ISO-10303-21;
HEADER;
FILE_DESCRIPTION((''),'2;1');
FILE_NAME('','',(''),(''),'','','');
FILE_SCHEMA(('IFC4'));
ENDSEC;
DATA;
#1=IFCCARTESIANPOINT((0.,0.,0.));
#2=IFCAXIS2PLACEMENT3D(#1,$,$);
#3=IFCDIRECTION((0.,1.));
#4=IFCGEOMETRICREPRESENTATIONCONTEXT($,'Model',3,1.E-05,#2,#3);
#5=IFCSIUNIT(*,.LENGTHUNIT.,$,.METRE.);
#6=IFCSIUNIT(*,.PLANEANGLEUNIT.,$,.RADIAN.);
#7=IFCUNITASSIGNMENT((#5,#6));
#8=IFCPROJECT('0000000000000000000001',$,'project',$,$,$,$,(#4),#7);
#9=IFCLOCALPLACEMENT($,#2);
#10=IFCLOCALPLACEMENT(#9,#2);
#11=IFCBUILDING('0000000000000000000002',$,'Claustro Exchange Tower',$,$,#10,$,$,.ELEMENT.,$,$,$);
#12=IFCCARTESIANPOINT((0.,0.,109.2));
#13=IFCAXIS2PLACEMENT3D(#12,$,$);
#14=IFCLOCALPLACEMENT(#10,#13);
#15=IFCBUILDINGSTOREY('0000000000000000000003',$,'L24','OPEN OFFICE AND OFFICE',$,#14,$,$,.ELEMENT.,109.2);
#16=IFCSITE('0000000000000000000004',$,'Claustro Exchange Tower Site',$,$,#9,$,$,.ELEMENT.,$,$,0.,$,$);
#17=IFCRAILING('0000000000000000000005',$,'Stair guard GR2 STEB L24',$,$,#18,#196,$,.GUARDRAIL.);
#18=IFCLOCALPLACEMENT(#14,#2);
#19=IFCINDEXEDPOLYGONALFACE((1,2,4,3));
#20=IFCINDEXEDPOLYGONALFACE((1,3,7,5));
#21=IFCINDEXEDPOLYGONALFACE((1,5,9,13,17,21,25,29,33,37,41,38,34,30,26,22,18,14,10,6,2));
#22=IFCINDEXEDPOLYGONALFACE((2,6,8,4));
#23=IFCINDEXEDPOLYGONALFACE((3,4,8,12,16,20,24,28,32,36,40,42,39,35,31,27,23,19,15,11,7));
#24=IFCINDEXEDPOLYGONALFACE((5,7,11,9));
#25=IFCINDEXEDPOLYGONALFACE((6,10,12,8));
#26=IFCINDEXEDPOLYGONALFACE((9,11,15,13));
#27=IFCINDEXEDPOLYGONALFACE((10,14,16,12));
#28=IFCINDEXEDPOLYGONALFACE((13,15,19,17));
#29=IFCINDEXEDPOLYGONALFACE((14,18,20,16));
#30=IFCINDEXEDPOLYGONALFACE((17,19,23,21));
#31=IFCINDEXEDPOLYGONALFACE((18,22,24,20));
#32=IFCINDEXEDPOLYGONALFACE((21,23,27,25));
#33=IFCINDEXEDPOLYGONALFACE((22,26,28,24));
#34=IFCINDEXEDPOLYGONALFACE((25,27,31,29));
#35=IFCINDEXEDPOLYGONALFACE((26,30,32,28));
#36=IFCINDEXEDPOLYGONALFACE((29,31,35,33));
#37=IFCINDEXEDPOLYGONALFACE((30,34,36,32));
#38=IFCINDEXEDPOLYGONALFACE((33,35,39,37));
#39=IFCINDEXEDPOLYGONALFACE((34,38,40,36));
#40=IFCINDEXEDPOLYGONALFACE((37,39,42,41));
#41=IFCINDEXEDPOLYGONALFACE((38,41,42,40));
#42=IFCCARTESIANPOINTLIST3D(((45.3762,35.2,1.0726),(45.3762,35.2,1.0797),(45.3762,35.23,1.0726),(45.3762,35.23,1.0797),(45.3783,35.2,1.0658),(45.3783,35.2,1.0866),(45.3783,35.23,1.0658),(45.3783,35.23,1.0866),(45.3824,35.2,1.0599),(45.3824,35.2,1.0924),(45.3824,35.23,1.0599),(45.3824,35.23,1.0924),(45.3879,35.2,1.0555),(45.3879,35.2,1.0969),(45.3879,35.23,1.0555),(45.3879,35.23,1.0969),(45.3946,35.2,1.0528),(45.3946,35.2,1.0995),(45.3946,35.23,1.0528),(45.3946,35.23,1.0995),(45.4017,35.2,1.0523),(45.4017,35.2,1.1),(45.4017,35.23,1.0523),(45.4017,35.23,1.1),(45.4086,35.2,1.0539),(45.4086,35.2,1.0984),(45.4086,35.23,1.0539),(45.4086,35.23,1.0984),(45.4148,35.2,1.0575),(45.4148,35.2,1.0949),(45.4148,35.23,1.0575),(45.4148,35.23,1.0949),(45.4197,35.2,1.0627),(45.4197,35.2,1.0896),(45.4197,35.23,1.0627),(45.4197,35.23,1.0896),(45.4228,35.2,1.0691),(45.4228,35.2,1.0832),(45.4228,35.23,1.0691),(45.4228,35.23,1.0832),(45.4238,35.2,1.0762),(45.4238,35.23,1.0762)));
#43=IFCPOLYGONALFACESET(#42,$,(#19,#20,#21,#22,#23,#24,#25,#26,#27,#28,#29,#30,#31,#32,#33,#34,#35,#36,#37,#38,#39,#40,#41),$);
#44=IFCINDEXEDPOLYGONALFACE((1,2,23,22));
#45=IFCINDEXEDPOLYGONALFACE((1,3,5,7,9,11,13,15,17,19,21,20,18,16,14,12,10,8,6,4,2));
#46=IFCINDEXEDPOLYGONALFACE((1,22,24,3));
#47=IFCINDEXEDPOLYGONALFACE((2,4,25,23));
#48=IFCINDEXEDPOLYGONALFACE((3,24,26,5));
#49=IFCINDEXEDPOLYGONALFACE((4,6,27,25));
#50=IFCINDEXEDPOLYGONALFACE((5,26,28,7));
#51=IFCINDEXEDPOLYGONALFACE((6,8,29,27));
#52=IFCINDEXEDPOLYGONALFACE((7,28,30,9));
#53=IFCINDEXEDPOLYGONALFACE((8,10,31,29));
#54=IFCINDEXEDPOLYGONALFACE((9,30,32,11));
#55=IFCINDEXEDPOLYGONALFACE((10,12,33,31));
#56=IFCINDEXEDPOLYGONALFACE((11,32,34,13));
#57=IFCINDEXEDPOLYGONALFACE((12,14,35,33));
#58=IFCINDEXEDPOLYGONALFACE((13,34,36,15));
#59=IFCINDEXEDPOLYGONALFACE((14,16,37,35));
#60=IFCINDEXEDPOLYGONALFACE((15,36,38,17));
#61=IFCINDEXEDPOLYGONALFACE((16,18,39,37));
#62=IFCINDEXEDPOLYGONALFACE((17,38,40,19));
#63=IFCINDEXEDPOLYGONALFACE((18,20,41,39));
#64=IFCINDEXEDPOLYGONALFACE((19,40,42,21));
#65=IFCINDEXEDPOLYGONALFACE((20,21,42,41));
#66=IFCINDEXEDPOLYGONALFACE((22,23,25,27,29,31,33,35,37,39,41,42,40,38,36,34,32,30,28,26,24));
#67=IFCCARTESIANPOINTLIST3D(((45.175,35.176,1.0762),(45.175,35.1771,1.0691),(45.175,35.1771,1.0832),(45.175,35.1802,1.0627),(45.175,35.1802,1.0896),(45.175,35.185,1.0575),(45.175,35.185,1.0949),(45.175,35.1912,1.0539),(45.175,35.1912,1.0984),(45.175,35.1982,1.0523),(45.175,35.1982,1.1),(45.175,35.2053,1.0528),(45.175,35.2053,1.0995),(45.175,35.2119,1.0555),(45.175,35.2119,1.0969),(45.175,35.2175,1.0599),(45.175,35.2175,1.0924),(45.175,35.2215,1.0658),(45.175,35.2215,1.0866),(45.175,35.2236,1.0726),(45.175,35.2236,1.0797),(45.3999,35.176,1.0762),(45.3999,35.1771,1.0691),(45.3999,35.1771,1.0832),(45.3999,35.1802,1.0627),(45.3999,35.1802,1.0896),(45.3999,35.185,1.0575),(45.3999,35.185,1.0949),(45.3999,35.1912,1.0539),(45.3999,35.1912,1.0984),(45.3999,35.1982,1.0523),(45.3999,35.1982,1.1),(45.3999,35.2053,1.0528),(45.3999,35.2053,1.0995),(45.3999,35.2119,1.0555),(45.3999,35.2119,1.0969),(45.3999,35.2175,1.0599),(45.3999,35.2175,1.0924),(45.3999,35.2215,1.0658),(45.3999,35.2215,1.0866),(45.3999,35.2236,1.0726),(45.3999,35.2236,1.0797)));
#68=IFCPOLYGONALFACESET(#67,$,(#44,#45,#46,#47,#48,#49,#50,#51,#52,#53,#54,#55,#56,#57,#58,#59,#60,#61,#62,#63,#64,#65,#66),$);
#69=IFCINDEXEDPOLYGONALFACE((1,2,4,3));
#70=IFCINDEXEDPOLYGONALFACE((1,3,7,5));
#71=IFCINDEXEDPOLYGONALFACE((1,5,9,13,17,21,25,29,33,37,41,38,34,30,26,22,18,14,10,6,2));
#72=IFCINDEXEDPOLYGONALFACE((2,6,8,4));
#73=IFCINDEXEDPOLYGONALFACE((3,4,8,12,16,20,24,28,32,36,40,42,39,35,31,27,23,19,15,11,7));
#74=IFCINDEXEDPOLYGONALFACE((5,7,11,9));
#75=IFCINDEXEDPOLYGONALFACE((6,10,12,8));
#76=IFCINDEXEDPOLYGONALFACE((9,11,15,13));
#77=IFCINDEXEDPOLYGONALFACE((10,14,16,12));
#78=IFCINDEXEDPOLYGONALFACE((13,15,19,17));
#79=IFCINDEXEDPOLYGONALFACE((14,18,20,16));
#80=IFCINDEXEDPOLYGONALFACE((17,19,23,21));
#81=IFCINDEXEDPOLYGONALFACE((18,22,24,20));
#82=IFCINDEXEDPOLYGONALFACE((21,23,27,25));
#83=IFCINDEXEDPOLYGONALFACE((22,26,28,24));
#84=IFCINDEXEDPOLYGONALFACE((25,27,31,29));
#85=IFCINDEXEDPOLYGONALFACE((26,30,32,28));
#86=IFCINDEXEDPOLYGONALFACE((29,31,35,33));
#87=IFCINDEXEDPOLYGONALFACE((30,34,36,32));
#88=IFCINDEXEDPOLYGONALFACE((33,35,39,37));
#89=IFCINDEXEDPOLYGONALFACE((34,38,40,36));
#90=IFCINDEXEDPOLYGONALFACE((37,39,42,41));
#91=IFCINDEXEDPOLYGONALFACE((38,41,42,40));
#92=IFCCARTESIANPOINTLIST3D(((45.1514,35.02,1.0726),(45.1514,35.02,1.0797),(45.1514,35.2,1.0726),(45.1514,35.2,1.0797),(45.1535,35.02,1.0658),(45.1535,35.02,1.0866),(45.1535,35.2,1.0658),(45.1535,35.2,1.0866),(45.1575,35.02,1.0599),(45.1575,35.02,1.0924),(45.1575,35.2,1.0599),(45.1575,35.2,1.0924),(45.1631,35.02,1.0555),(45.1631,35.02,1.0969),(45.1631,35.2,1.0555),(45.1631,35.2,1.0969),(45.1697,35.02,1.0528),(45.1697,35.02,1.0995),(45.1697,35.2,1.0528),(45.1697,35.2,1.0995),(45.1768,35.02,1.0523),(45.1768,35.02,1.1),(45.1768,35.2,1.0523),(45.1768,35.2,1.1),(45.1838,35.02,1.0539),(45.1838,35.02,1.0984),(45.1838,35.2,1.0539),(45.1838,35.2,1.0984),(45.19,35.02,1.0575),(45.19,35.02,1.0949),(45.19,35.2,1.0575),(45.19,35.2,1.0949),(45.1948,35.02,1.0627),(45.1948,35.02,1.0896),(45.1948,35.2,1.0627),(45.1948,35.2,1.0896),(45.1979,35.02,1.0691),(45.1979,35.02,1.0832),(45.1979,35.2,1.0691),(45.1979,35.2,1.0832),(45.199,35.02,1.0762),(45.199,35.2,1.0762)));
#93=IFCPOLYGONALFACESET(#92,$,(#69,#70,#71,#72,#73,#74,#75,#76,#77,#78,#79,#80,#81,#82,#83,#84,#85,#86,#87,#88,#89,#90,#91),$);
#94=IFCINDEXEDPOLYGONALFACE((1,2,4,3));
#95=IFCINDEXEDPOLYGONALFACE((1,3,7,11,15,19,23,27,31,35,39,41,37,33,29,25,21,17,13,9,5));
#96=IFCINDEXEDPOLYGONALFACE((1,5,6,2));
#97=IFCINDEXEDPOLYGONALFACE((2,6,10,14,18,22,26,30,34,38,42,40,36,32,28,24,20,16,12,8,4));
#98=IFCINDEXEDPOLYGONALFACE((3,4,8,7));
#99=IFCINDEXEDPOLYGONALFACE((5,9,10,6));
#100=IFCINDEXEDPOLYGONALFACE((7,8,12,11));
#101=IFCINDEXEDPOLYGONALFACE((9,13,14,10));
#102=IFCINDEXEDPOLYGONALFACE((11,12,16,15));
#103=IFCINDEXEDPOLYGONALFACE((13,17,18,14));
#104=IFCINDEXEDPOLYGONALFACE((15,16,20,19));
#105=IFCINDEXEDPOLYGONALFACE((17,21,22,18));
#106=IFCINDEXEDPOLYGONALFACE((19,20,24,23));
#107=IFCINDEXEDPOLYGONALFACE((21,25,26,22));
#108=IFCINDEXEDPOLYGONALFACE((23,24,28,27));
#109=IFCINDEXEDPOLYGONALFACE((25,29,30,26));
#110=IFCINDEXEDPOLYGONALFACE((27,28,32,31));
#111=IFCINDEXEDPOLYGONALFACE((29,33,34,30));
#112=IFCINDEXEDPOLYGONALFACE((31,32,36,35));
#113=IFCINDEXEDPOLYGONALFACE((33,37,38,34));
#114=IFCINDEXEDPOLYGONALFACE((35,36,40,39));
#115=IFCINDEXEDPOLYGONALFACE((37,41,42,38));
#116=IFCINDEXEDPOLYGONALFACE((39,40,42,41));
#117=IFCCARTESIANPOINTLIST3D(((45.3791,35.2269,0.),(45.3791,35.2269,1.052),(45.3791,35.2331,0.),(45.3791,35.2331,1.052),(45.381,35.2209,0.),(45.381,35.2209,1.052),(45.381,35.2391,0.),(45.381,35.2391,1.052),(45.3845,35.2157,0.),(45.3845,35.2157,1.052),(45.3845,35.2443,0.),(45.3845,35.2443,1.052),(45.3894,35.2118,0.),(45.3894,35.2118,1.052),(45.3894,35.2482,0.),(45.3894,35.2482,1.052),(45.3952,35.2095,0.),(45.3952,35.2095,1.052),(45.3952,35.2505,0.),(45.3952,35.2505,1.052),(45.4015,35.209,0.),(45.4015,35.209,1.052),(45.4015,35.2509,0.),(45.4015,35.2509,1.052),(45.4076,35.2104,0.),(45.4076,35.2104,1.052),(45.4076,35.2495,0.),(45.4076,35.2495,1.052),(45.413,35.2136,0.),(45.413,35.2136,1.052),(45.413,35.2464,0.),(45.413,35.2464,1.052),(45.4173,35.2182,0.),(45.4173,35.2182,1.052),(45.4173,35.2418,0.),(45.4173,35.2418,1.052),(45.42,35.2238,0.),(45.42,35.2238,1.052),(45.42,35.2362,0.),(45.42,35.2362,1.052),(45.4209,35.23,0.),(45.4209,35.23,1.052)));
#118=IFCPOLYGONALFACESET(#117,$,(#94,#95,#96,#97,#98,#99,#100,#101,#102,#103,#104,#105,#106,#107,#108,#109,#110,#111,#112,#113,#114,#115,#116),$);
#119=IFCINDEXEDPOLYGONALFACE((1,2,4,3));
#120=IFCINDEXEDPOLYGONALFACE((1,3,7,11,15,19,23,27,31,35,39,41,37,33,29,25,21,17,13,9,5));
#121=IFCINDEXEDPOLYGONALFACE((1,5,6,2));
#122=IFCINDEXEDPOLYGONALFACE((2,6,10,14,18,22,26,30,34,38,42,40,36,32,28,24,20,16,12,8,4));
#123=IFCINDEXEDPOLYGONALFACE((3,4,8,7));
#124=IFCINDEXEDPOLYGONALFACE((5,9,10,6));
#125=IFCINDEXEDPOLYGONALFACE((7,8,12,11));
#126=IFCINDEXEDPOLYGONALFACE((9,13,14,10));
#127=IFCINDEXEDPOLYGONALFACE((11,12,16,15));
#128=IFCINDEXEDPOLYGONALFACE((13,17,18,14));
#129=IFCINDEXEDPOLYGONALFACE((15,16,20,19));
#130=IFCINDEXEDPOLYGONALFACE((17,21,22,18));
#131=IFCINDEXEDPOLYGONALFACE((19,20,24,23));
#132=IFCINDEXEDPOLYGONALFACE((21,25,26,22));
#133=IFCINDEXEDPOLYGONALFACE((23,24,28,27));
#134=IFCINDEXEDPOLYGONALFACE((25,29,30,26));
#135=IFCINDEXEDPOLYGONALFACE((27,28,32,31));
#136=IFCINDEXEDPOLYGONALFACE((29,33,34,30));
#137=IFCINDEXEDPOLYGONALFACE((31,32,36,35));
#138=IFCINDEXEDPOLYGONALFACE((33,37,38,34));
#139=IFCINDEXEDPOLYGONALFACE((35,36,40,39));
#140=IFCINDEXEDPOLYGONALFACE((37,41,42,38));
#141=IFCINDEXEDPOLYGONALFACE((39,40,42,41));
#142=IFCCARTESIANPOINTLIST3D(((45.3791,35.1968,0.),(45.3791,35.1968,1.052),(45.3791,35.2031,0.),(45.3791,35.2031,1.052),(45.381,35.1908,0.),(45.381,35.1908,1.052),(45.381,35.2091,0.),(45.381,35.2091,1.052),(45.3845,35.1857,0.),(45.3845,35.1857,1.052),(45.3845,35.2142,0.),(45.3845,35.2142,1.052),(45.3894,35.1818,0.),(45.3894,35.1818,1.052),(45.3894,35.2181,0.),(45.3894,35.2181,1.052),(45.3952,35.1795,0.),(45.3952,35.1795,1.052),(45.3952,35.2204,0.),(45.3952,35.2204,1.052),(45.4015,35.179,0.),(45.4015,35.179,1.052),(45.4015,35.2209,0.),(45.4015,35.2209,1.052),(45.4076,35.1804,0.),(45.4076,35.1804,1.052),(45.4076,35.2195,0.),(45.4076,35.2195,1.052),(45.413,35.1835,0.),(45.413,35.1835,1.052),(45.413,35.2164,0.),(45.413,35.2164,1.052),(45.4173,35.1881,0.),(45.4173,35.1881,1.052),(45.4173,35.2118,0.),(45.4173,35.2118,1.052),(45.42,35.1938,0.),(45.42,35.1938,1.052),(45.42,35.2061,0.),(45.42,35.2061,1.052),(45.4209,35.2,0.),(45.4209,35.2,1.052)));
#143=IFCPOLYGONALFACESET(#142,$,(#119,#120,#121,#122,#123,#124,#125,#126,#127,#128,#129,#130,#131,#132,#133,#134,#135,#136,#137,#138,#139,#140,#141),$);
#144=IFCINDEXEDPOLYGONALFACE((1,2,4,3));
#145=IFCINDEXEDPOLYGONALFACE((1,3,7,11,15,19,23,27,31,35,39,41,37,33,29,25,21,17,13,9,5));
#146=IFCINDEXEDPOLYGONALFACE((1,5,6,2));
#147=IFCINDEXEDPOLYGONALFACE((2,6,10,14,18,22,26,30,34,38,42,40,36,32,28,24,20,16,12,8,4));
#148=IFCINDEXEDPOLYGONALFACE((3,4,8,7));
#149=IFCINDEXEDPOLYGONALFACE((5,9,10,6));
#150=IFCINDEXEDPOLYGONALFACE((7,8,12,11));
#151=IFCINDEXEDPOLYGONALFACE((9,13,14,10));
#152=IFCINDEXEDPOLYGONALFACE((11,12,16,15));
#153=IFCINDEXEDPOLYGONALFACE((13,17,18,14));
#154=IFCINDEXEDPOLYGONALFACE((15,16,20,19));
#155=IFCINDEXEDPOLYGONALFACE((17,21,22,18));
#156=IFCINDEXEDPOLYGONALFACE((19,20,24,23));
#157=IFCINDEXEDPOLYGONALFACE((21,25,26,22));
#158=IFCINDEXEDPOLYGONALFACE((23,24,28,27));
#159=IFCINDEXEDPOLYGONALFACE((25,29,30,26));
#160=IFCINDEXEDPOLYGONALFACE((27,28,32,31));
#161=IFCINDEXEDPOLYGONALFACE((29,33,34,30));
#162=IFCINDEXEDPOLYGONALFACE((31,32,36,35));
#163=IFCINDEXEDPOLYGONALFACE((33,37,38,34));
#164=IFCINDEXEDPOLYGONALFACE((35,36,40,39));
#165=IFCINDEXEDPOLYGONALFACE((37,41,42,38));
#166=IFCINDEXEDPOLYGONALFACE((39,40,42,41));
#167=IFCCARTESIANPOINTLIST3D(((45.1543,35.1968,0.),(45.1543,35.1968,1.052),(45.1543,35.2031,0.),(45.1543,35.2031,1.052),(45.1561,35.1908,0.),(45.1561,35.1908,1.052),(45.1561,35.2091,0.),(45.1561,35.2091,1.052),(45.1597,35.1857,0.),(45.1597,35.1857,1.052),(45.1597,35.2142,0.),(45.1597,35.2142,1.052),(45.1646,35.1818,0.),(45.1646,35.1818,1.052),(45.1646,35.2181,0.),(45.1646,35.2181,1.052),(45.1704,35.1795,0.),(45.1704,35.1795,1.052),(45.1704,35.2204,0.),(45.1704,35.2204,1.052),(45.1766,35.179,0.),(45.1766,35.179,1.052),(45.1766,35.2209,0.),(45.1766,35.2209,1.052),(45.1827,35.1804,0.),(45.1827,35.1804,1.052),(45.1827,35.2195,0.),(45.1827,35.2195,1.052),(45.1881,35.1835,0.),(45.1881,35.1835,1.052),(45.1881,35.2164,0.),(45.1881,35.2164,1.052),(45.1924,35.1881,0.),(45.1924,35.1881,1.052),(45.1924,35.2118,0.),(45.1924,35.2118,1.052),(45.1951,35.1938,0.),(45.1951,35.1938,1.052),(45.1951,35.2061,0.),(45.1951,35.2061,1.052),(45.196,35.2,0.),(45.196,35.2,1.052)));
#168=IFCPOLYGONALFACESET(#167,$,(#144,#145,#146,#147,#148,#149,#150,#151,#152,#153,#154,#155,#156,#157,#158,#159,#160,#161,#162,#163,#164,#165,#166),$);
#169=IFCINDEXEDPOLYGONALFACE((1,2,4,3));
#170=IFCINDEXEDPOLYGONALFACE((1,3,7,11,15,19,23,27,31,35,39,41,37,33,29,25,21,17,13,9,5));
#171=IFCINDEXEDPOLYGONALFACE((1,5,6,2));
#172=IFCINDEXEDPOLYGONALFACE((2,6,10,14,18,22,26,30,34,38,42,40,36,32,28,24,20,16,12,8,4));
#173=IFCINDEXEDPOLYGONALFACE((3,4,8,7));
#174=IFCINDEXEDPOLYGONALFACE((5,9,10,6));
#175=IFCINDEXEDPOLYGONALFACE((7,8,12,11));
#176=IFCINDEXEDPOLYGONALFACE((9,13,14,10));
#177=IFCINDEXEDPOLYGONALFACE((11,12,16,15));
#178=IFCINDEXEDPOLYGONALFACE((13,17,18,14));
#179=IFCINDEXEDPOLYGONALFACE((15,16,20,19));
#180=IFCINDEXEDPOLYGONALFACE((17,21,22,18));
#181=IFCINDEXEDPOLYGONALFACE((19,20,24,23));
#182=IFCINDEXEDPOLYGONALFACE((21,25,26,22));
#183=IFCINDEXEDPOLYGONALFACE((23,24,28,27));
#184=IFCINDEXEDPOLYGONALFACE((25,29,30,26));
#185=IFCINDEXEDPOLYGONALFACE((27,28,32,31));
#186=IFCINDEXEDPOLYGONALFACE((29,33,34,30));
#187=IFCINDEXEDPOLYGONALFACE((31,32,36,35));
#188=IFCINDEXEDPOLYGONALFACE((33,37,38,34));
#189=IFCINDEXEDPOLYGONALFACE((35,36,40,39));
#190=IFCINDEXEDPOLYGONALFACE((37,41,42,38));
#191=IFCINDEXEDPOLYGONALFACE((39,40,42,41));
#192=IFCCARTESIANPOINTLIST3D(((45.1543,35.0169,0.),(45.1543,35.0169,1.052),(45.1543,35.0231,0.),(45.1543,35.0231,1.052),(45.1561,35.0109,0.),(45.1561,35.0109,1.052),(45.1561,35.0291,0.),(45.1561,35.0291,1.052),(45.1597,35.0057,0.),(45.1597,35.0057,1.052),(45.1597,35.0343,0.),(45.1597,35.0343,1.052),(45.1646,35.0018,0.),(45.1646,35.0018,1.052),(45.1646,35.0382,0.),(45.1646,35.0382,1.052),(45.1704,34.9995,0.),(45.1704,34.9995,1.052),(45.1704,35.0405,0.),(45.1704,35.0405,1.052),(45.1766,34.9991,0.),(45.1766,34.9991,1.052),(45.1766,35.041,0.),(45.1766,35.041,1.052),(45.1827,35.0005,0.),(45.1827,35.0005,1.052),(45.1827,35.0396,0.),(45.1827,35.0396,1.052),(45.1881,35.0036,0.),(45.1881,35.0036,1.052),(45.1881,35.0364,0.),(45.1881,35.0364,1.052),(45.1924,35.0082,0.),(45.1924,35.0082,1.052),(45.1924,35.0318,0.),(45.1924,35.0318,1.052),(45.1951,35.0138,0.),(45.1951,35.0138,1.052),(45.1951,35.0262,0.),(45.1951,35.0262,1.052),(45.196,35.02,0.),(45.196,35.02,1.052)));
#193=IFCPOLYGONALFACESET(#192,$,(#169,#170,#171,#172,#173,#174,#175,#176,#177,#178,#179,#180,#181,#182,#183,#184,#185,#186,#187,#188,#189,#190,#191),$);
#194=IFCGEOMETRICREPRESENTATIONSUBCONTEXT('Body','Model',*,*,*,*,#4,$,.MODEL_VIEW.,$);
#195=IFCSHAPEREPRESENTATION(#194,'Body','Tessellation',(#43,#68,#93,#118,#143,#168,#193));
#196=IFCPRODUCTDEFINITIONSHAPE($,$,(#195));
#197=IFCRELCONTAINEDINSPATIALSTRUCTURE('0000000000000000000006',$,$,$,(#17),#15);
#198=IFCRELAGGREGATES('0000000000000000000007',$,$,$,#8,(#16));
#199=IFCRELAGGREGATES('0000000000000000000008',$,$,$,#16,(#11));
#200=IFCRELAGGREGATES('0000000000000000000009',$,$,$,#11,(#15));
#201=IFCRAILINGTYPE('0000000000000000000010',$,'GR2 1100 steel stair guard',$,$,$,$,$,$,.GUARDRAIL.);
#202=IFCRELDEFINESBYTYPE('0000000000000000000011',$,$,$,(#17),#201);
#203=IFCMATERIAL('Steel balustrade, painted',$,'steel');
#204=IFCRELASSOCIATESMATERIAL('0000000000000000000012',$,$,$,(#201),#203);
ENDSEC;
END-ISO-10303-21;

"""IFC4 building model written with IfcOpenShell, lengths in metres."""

from ifc_helpers import new_model, si_unit, direction, frame, origin, origin_2d, place, context, subcontext, project, spatial, circle, extrude, material, type_object, element, save


model = new_model("IFC4")

# Units and contexts
model_context = context("Model", 3, precision=1e-05, world=origin(), true_north=direction((0.0, 1.0)))
body_context = subcontext(model_context, "Body", "Model", "MODEL_VIEW")
ifc_project = project(units=[si_unit("LENGTHUNIT", "METRE"), si_unit("PLANEANGLEUNIT", "RADIAN")], contexts=[model_context])

# Site, building, storey
site_placement = place(None, origin())
site = spatial("IfcSite", under=ifc_project, at=site_placement, Name="Claustro Exchange Tower Site", CompositionType="ELEMENT", RefElevation=0.0)
building_placement = place(site_placement, origin())
building = spatial("IfcBuilding", under=site, at=building_placement, Name="Claustro Exchange Tower", CompositionType="ELEMENT")
storey_placement = place(building_placement, frame((0.0, 0.0, 109.2)))
storey = spatial("IfcBuildingStorey", under=building, at=storey_placement, Name="L24", Description="OPEN OFFICE AND OFFICE", CompositionType="ELEMENT", Elevation=109.2)

# Railing
ifc_material_1 = material(Name="Steel balustrade, painted", Category="steel")
railing_type_1 = type_object("IfcRailingType", Name="GR2 1100 steel stair guard", PredefinedType="GUARDRAIL", material=ifc_material_1)
railing_1_placement = place(storey_placement, frame((45.3999, 35.23, 0.0)))
element("IfcRailing", 1, at=railing_1_placement, inside=storey, type_object=railing_type_1, Name="Stair guard GR2 STEB L24", PredefinedType="GUARDRAIL", context=body_context, shape_type="SweptSolid", body=[
    extrude(circle(Radius=0.0239, at=origin_2d()), frame((0.0, 0.0, 1.0762), z_axis=(0.0, -1.0, 0.0), x_axis=(1.0, 0.0, 0.0)), (0.0, 0.0, 1.0), 0.03),
    extrude(circle(Radius=0.0239, at=origin_2d()), frame((0.0, -0.03, 1.0762), z_axis=(-1.0, 0.0, 0.0), x_axis=(0.0, -1.0, 0.0)), (0.0, 0.0, 1.0), 0.2249),
    extrude(circle(Radius=0.0239, at=origin_2d()), frame((-0.2249, -0.03, 1.0762), z_axis=(0.0, -1.0, 0.0), x_axis=(1.0, 0.0, 0.0)), (0.0, 0.0, 1.0), 0.1799),
    extrude(circle(Radius=0.021, at=origin_2d()), origin(), (0.0, 0.0, 1.0), 1.052),
    extrude(circle(Radius=0.021, at=origin_2d()), frame((0.0, -0.03, 0.0)), (0.0, 0.0, 1.0), 1.052),
    extrude(circle(Radius=0.021, at=origin_2d()), frame((-0.2249, -0.03, 0.0)), (0.0, 0.0, 1.0), 1.052),
    extrude(circle(Radius=0.021, at=origin_2d()), frame((-0.2249, -0.21, 0.0)), (0.0, 0.0, 1.0), 1.052),
])

save(model, "model.ifc")
